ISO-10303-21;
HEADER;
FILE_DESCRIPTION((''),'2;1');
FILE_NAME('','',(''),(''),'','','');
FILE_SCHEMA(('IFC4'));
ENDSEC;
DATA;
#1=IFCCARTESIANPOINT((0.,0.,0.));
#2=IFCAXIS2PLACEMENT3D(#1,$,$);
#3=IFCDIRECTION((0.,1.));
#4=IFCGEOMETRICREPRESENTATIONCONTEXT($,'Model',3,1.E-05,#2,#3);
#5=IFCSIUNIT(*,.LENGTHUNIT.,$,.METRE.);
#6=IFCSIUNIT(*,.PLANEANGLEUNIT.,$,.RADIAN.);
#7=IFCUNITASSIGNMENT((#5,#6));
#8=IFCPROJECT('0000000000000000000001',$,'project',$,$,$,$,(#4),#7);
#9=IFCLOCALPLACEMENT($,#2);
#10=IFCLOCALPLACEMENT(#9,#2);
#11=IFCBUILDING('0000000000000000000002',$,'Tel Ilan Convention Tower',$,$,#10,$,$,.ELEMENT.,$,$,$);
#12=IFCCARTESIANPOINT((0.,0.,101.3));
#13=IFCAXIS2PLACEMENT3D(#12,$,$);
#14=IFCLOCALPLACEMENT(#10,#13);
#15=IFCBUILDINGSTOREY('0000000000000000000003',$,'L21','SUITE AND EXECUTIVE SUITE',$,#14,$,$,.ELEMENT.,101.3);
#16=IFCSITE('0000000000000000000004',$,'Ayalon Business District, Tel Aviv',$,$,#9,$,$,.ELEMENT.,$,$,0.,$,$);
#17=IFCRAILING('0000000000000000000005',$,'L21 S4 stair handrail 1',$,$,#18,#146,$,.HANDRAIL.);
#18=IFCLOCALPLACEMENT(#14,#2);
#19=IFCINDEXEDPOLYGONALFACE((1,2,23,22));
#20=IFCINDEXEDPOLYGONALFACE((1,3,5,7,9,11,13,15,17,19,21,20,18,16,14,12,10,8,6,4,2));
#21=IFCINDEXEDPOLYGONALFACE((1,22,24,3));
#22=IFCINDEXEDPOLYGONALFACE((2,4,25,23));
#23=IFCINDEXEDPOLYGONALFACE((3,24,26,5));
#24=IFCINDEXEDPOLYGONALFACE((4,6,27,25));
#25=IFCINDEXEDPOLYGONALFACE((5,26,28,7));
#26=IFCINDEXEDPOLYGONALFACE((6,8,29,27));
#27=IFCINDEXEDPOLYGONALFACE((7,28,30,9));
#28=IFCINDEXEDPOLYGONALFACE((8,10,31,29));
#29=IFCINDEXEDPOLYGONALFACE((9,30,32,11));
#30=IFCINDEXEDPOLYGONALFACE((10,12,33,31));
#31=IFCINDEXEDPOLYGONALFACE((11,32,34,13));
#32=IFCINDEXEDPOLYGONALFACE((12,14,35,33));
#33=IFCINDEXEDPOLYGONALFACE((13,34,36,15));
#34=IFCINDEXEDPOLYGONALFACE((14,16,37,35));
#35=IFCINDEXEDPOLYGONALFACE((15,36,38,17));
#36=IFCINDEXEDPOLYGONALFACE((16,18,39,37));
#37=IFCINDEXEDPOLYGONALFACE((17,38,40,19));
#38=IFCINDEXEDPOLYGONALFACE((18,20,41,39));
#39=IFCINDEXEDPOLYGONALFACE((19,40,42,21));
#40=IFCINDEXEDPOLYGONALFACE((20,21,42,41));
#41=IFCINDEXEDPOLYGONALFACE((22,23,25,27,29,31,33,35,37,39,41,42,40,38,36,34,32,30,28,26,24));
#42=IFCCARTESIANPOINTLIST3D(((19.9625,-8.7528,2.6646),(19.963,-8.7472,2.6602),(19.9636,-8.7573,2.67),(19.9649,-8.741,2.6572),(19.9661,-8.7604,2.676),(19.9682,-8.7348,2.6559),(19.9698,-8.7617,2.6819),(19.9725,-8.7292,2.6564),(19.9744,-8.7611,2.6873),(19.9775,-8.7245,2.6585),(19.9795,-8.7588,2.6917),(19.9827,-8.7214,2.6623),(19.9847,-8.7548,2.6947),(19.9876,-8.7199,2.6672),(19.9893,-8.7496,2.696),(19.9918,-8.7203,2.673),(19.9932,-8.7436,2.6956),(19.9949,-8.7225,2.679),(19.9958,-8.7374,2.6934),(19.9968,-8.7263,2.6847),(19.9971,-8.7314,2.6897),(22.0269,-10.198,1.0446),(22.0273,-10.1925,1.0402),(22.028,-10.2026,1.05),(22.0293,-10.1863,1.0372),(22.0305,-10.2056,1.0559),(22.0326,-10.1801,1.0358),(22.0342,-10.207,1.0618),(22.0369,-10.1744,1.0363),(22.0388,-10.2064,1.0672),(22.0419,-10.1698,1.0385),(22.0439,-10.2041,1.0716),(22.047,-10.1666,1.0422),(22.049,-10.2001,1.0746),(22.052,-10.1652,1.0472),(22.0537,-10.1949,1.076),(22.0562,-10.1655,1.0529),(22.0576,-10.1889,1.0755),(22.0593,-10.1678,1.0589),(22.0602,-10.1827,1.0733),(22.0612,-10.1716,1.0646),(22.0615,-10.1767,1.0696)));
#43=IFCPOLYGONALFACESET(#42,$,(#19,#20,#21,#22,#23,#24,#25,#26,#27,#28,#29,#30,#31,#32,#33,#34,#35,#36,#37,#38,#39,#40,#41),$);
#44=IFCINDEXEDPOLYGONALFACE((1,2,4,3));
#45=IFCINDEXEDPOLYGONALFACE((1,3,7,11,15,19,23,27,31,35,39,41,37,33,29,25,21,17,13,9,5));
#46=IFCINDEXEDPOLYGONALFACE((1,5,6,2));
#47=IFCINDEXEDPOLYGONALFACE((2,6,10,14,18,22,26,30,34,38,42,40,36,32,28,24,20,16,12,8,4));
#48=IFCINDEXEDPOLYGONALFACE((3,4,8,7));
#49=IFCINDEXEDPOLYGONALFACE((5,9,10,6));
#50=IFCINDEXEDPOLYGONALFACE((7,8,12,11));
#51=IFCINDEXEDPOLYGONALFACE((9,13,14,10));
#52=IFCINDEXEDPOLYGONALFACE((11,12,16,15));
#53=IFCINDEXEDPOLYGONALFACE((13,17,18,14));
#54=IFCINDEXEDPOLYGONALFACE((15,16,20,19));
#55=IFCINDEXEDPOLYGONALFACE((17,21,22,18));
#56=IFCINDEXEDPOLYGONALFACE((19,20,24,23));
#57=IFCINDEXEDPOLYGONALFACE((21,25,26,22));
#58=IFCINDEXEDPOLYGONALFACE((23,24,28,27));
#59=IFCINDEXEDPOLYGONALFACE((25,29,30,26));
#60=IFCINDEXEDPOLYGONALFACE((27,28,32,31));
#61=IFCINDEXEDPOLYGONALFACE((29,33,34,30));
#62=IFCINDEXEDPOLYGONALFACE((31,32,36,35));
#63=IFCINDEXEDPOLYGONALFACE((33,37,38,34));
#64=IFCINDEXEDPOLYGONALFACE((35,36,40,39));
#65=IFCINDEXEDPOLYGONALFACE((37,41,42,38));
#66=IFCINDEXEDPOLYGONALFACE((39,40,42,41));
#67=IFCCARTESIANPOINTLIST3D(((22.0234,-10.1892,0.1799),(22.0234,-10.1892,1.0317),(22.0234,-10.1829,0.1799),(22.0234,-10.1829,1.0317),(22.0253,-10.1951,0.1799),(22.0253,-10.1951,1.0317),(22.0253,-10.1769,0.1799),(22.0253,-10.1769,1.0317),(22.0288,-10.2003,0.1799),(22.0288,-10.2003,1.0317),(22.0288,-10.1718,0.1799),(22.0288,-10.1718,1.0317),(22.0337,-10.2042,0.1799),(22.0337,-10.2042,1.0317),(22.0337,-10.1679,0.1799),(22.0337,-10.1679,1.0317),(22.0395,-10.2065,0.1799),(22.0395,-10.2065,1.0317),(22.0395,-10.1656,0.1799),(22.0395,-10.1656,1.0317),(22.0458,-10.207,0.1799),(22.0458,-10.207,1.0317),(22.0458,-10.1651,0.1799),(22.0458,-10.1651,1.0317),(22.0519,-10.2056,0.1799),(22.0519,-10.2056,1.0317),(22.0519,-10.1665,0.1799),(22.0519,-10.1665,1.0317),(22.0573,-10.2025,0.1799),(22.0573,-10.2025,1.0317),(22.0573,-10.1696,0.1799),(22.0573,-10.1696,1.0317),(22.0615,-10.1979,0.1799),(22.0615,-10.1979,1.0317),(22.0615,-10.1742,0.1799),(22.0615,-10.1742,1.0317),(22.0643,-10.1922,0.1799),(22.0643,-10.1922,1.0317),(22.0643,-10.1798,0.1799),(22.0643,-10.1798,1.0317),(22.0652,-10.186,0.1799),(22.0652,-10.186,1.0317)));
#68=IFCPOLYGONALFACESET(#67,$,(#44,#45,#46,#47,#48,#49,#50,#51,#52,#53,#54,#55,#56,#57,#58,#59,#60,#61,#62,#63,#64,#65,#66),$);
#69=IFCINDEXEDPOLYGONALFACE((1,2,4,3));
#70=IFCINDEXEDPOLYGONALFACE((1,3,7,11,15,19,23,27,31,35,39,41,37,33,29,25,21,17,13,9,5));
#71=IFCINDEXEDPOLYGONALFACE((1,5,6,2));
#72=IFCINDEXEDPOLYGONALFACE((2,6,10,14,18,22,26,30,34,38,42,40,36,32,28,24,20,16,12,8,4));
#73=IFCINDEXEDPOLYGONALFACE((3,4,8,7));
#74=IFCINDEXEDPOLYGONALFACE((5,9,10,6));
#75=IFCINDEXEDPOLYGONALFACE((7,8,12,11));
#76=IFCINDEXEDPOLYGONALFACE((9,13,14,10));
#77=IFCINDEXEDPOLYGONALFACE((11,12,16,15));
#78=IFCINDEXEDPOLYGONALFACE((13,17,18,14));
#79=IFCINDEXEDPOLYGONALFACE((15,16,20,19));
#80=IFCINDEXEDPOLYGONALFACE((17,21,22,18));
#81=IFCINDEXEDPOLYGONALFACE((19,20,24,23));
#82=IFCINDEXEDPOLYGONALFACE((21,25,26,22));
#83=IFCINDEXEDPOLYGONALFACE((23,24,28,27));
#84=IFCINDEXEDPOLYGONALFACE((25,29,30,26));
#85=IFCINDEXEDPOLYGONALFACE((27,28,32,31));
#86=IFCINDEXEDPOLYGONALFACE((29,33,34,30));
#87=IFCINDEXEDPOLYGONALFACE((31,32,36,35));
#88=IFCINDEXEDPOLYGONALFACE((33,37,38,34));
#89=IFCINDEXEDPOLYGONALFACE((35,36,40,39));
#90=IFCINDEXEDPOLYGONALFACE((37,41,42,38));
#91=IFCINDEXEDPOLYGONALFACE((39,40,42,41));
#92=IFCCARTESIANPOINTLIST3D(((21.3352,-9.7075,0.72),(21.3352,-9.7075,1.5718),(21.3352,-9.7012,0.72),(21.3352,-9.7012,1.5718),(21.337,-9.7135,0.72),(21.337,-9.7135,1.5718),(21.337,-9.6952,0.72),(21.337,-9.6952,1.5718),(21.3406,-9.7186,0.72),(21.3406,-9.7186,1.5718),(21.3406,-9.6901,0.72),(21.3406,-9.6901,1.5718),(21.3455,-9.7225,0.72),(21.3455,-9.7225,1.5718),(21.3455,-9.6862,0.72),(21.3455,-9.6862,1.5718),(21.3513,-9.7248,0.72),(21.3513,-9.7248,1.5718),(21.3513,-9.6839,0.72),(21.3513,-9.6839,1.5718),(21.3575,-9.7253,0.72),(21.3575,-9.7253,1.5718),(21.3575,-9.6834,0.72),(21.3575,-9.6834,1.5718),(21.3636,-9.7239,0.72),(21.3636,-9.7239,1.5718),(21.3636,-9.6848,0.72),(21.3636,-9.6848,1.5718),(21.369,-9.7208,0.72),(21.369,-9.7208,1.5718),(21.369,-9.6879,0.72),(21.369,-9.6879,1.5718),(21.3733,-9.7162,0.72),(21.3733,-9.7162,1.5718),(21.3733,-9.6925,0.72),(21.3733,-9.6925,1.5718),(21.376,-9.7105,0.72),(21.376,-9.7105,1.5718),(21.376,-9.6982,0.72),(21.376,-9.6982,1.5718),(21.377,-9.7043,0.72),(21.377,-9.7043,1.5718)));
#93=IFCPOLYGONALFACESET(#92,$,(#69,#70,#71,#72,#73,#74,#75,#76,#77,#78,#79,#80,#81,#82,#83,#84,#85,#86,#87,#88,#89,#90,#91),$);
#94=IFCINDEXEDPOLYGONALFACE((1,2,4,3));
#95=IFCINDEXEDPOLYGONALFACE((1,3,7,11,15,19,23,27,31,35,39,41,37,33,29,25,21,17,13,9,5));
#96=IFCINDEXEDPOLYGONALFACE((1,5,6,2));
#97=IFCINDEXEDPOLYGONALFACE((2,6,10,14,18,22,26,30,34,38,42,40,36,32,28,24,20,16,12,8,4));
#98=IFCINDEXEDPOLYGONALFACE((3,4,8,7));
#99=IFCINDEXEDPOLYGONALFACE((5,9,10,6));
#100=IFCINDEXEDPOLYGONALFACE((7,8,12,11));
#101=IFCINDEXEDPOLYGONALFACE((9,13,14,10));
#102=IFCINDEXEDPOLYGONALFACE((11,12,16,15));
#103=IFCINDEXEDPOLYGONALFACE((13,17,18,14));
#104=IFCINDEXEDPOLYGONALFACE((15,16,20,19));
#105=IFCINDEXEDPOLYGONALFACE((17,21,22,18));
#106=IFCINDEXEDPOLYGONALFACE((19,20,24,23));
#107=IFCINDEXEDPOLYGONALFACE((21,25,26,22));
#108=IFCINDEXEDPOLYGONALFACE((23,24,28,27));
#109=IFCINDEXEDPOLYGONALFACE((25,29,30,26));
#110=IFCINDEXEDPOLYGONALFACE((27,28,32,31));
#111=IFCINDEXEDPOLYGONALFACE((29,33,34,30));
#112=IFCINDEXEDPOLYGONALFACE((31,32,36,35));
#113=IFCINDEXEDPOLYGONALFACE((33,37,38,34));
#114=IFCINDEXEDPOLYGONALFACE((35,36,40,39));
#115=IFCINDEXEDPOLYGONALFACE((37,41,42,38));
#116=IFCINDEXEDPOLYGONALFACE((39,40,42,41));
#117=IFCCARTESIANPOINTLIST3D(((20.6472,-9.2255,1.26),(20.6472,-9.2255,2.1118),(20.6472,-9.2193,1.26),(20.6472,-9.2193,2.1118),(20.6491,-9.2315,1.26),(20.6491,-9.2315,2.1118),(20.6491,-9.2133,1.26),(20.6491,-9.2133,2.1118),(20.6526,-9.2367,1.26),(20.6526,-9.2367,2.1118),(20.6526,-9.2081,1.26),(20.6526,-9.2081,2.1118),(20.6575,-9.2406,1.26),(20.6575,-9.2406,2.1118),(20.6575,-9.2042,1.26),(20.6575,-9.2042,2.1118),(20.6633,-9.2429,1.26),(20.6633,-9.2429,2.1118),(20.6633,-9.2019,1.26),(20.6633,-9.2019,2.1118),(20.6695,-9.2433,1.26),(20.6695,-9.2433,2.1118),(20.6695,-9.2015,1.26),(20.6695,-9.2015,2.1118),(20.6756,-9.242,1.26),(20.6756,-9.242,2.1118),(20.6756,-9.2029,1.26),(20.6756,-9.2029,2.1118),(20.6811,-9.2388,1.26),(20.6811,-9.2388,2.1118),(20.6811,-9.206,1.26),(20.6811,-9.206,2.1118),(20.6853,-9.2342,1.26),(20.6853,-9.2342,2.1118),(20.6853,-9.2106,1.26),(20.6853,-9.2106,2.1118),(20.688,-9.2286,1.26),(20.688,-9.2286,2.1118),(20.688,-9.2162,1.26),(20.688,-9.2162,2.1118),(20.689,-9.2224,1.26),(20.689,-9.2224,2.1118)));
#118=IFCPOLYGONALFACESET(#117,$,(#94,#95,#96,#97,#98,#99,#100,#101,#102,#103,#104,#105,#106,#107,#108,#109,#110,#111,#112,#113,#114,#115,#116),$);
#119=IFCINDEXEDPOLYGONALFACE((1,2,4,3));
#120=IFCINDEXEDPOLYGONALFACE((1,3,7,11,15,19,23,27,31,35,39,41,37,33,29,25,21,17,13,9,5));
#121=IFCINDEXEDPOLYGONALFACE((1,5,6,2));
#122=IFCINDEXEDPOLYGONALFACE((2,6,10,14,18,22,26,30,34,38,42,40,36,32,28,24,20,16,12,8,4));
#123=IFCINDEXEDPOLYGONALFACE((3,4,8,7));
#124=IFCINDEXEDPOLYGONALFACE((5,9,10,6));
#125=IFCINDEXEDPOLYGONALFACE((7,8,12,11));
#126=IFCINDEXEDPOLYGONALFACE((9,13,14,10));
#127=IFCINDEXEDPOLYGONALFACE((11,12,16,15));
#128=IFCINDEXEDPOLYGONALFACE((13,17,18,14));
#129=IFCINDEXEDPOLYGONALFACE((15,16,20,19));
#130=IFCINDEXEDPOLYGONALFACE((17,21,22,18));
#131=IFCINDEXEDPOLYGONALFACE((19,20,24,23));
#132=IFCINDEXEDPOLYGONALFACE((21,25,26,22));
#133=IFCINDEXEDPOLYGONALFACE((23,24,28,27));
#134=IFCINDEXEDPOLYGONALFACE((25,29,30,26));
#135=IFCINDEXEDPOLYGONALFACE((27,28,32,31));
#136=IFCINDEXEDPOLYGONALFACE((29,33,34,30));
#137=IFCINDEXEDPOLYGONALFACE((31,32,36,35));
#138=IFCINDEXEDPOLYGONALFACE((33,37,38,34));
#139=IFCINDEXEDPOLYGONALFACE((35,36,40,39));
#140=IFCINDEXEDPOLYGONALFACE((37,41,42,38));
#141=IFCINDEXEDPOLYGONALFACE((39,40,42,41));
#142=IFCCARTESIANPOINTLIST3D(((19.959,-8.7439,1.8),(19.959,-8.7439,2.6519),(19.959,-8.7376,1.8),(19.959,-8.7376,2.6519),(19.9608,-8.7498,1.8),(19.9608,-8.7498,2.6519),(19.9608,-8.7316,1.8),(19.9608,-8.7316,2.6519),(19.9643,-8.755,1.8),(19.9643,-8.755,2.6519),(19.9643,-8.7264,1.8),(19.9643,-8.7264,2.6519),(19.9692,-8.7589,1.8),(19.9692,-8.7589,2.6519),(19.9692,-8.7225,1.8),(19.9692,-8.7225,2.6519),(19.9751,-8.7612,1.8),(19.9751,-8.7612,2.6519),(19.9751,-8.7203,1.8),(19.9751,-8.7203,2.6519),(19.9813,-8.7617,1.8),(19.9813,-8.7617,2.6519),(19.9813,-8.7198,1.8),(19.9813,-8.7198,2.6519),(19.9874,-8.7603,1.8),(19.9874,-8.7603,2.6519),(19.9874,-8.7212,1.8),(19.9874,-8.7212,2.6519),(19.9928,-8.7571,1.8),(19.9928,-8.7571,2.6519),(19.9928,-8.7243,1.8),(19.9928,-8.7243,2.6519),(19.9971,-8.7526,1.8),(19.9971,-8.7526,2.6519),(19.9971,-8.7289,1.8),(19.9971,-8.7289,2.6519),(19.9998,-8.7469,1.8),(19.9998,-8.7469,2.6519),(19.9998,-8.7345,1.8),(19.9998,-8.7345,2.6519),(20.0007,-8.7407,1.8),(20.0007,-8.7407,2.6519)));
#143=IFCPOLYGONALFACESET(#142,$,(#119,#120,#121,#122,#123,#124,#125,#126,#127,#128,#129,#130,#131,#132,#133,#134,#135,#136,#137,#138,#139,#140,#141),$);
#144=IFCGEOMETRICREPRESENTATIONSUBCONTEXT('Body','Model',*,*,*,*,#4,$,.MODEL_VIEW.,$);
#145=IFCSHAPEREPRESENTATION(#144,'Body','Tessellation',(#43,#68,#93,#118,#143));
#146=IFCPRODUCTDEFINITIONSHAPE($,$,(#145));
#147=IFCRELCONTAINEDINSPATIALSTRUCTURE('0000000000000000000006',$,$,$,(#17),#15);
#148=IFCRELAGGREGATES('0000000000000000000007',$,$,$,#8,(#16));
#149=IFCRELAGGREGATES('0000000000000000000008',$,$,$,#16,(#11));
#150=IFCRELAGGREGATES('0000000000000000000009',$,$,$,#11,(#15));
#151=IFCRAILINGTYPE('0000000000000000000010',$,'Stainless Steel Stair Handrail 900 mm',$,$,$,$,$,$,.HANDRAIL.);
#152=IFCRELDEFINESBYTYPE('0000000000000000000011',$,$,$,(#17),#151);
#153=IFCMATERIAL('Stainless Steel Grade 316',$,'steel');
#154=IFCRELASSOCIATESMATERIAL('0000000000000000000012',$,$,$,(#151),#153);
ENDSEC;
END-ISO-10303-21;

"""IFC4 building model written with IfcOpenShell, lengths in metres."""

from ifc_helpers import new_model, si_unit, direction, frame, origin, origin_2d, place, context, subcontext, project, spatial, circle, extrude, material, type_object, element, save


model = new_model("IFC4")

# Units and contexts
model_context = context("Model", 3, precision=1e-05, world=origin(), true_north=direction((0.0, 1.0)))
body_context = subcontext(model_context, "Body", "Model", "MODEL_VIEW")
ifc_project = project(units=[si_unit("LENGTHUNIT", "METRE"), si_unit("PLANEANGLEUNIT", "RADIAN")], contexts=[model_context])

# Site, building, storey
site_placement = place(None, origin())
site = spatial("IfcSite", under=ifc_project, at=site_placement, Name="Ayalon Business District, Tel Aviv", CompositionType="ELEMENT", RefElevation=0.0)
building_placement = place(site_placement, origin())
building = spatial("IfcBuilding", under=site, at=building_placement, Name="Tel Ilan Convention Tower", CompositionType="ELEMENT")
storey_placement = place(building_placement, frame((0.0, 0.0, 101.3)))
storey = spatial("IfcBuildingStorey", under=building, at=storey_placement, Name="L21", Description="SUITE AND EXECUTIVE SUITE", CompositionType="ELEMENT", Elevation=101.3)

# Railing
ifc_material_1 = material(Name="Stainless Steel Grade 316", Category="steel")
railing_type_1 = type_object("IfcRailingType", Name="Stainless Steel Stair Handrail 900 mm", PredefinedType="HANDRAIL", material=ifc_material_1)
railing_1_placement = place(storey_placement, frame((22.0442, -10.186, 0.1799)))
element("IfcRailing", 1, at=railing_1_placement, inside=storey, type_object=railing_type_1, Name="L21 S4 stair handrail 1", PredefinedType="HANDRAIL", context=body_context, shape_type="SweptSolid", body=[
    extrude(circle(Radius=0.0239, at=origin_2d()), frame((0.0, 0.0, 0.876), z_axis=(-0.689083, 0.482423, 0.54077), x_axis=(-0.573514, -0.819196, 0.0)), (0.0, 0.0, 1.0), 2.9958),
    extrude(circle(Radius=0.021, at=origin_2d()), origin(), (0.0, 0.0, 1.0), 0.8518),
    extrude(circle(Radius=0.021, at=origin_2d()), frame((-0.6882, 0.4817, 0.54)), (0.0, 0.0, 1.0), 0.8518),
    extrude(circle(Radius=0.021, at=origin_2d()), frame((-1.3762, 0.9636, 1.0801)), (0.0, 0.0, 1.0), 0.8518),
    extrude(circle(Radius=0.021, at=origin_2d()), frame((-2.0645, 1.4453, 1.6201)), (0.0, 0.0, 1.0), 0.8518),
])

save(model, "model.ifc")
